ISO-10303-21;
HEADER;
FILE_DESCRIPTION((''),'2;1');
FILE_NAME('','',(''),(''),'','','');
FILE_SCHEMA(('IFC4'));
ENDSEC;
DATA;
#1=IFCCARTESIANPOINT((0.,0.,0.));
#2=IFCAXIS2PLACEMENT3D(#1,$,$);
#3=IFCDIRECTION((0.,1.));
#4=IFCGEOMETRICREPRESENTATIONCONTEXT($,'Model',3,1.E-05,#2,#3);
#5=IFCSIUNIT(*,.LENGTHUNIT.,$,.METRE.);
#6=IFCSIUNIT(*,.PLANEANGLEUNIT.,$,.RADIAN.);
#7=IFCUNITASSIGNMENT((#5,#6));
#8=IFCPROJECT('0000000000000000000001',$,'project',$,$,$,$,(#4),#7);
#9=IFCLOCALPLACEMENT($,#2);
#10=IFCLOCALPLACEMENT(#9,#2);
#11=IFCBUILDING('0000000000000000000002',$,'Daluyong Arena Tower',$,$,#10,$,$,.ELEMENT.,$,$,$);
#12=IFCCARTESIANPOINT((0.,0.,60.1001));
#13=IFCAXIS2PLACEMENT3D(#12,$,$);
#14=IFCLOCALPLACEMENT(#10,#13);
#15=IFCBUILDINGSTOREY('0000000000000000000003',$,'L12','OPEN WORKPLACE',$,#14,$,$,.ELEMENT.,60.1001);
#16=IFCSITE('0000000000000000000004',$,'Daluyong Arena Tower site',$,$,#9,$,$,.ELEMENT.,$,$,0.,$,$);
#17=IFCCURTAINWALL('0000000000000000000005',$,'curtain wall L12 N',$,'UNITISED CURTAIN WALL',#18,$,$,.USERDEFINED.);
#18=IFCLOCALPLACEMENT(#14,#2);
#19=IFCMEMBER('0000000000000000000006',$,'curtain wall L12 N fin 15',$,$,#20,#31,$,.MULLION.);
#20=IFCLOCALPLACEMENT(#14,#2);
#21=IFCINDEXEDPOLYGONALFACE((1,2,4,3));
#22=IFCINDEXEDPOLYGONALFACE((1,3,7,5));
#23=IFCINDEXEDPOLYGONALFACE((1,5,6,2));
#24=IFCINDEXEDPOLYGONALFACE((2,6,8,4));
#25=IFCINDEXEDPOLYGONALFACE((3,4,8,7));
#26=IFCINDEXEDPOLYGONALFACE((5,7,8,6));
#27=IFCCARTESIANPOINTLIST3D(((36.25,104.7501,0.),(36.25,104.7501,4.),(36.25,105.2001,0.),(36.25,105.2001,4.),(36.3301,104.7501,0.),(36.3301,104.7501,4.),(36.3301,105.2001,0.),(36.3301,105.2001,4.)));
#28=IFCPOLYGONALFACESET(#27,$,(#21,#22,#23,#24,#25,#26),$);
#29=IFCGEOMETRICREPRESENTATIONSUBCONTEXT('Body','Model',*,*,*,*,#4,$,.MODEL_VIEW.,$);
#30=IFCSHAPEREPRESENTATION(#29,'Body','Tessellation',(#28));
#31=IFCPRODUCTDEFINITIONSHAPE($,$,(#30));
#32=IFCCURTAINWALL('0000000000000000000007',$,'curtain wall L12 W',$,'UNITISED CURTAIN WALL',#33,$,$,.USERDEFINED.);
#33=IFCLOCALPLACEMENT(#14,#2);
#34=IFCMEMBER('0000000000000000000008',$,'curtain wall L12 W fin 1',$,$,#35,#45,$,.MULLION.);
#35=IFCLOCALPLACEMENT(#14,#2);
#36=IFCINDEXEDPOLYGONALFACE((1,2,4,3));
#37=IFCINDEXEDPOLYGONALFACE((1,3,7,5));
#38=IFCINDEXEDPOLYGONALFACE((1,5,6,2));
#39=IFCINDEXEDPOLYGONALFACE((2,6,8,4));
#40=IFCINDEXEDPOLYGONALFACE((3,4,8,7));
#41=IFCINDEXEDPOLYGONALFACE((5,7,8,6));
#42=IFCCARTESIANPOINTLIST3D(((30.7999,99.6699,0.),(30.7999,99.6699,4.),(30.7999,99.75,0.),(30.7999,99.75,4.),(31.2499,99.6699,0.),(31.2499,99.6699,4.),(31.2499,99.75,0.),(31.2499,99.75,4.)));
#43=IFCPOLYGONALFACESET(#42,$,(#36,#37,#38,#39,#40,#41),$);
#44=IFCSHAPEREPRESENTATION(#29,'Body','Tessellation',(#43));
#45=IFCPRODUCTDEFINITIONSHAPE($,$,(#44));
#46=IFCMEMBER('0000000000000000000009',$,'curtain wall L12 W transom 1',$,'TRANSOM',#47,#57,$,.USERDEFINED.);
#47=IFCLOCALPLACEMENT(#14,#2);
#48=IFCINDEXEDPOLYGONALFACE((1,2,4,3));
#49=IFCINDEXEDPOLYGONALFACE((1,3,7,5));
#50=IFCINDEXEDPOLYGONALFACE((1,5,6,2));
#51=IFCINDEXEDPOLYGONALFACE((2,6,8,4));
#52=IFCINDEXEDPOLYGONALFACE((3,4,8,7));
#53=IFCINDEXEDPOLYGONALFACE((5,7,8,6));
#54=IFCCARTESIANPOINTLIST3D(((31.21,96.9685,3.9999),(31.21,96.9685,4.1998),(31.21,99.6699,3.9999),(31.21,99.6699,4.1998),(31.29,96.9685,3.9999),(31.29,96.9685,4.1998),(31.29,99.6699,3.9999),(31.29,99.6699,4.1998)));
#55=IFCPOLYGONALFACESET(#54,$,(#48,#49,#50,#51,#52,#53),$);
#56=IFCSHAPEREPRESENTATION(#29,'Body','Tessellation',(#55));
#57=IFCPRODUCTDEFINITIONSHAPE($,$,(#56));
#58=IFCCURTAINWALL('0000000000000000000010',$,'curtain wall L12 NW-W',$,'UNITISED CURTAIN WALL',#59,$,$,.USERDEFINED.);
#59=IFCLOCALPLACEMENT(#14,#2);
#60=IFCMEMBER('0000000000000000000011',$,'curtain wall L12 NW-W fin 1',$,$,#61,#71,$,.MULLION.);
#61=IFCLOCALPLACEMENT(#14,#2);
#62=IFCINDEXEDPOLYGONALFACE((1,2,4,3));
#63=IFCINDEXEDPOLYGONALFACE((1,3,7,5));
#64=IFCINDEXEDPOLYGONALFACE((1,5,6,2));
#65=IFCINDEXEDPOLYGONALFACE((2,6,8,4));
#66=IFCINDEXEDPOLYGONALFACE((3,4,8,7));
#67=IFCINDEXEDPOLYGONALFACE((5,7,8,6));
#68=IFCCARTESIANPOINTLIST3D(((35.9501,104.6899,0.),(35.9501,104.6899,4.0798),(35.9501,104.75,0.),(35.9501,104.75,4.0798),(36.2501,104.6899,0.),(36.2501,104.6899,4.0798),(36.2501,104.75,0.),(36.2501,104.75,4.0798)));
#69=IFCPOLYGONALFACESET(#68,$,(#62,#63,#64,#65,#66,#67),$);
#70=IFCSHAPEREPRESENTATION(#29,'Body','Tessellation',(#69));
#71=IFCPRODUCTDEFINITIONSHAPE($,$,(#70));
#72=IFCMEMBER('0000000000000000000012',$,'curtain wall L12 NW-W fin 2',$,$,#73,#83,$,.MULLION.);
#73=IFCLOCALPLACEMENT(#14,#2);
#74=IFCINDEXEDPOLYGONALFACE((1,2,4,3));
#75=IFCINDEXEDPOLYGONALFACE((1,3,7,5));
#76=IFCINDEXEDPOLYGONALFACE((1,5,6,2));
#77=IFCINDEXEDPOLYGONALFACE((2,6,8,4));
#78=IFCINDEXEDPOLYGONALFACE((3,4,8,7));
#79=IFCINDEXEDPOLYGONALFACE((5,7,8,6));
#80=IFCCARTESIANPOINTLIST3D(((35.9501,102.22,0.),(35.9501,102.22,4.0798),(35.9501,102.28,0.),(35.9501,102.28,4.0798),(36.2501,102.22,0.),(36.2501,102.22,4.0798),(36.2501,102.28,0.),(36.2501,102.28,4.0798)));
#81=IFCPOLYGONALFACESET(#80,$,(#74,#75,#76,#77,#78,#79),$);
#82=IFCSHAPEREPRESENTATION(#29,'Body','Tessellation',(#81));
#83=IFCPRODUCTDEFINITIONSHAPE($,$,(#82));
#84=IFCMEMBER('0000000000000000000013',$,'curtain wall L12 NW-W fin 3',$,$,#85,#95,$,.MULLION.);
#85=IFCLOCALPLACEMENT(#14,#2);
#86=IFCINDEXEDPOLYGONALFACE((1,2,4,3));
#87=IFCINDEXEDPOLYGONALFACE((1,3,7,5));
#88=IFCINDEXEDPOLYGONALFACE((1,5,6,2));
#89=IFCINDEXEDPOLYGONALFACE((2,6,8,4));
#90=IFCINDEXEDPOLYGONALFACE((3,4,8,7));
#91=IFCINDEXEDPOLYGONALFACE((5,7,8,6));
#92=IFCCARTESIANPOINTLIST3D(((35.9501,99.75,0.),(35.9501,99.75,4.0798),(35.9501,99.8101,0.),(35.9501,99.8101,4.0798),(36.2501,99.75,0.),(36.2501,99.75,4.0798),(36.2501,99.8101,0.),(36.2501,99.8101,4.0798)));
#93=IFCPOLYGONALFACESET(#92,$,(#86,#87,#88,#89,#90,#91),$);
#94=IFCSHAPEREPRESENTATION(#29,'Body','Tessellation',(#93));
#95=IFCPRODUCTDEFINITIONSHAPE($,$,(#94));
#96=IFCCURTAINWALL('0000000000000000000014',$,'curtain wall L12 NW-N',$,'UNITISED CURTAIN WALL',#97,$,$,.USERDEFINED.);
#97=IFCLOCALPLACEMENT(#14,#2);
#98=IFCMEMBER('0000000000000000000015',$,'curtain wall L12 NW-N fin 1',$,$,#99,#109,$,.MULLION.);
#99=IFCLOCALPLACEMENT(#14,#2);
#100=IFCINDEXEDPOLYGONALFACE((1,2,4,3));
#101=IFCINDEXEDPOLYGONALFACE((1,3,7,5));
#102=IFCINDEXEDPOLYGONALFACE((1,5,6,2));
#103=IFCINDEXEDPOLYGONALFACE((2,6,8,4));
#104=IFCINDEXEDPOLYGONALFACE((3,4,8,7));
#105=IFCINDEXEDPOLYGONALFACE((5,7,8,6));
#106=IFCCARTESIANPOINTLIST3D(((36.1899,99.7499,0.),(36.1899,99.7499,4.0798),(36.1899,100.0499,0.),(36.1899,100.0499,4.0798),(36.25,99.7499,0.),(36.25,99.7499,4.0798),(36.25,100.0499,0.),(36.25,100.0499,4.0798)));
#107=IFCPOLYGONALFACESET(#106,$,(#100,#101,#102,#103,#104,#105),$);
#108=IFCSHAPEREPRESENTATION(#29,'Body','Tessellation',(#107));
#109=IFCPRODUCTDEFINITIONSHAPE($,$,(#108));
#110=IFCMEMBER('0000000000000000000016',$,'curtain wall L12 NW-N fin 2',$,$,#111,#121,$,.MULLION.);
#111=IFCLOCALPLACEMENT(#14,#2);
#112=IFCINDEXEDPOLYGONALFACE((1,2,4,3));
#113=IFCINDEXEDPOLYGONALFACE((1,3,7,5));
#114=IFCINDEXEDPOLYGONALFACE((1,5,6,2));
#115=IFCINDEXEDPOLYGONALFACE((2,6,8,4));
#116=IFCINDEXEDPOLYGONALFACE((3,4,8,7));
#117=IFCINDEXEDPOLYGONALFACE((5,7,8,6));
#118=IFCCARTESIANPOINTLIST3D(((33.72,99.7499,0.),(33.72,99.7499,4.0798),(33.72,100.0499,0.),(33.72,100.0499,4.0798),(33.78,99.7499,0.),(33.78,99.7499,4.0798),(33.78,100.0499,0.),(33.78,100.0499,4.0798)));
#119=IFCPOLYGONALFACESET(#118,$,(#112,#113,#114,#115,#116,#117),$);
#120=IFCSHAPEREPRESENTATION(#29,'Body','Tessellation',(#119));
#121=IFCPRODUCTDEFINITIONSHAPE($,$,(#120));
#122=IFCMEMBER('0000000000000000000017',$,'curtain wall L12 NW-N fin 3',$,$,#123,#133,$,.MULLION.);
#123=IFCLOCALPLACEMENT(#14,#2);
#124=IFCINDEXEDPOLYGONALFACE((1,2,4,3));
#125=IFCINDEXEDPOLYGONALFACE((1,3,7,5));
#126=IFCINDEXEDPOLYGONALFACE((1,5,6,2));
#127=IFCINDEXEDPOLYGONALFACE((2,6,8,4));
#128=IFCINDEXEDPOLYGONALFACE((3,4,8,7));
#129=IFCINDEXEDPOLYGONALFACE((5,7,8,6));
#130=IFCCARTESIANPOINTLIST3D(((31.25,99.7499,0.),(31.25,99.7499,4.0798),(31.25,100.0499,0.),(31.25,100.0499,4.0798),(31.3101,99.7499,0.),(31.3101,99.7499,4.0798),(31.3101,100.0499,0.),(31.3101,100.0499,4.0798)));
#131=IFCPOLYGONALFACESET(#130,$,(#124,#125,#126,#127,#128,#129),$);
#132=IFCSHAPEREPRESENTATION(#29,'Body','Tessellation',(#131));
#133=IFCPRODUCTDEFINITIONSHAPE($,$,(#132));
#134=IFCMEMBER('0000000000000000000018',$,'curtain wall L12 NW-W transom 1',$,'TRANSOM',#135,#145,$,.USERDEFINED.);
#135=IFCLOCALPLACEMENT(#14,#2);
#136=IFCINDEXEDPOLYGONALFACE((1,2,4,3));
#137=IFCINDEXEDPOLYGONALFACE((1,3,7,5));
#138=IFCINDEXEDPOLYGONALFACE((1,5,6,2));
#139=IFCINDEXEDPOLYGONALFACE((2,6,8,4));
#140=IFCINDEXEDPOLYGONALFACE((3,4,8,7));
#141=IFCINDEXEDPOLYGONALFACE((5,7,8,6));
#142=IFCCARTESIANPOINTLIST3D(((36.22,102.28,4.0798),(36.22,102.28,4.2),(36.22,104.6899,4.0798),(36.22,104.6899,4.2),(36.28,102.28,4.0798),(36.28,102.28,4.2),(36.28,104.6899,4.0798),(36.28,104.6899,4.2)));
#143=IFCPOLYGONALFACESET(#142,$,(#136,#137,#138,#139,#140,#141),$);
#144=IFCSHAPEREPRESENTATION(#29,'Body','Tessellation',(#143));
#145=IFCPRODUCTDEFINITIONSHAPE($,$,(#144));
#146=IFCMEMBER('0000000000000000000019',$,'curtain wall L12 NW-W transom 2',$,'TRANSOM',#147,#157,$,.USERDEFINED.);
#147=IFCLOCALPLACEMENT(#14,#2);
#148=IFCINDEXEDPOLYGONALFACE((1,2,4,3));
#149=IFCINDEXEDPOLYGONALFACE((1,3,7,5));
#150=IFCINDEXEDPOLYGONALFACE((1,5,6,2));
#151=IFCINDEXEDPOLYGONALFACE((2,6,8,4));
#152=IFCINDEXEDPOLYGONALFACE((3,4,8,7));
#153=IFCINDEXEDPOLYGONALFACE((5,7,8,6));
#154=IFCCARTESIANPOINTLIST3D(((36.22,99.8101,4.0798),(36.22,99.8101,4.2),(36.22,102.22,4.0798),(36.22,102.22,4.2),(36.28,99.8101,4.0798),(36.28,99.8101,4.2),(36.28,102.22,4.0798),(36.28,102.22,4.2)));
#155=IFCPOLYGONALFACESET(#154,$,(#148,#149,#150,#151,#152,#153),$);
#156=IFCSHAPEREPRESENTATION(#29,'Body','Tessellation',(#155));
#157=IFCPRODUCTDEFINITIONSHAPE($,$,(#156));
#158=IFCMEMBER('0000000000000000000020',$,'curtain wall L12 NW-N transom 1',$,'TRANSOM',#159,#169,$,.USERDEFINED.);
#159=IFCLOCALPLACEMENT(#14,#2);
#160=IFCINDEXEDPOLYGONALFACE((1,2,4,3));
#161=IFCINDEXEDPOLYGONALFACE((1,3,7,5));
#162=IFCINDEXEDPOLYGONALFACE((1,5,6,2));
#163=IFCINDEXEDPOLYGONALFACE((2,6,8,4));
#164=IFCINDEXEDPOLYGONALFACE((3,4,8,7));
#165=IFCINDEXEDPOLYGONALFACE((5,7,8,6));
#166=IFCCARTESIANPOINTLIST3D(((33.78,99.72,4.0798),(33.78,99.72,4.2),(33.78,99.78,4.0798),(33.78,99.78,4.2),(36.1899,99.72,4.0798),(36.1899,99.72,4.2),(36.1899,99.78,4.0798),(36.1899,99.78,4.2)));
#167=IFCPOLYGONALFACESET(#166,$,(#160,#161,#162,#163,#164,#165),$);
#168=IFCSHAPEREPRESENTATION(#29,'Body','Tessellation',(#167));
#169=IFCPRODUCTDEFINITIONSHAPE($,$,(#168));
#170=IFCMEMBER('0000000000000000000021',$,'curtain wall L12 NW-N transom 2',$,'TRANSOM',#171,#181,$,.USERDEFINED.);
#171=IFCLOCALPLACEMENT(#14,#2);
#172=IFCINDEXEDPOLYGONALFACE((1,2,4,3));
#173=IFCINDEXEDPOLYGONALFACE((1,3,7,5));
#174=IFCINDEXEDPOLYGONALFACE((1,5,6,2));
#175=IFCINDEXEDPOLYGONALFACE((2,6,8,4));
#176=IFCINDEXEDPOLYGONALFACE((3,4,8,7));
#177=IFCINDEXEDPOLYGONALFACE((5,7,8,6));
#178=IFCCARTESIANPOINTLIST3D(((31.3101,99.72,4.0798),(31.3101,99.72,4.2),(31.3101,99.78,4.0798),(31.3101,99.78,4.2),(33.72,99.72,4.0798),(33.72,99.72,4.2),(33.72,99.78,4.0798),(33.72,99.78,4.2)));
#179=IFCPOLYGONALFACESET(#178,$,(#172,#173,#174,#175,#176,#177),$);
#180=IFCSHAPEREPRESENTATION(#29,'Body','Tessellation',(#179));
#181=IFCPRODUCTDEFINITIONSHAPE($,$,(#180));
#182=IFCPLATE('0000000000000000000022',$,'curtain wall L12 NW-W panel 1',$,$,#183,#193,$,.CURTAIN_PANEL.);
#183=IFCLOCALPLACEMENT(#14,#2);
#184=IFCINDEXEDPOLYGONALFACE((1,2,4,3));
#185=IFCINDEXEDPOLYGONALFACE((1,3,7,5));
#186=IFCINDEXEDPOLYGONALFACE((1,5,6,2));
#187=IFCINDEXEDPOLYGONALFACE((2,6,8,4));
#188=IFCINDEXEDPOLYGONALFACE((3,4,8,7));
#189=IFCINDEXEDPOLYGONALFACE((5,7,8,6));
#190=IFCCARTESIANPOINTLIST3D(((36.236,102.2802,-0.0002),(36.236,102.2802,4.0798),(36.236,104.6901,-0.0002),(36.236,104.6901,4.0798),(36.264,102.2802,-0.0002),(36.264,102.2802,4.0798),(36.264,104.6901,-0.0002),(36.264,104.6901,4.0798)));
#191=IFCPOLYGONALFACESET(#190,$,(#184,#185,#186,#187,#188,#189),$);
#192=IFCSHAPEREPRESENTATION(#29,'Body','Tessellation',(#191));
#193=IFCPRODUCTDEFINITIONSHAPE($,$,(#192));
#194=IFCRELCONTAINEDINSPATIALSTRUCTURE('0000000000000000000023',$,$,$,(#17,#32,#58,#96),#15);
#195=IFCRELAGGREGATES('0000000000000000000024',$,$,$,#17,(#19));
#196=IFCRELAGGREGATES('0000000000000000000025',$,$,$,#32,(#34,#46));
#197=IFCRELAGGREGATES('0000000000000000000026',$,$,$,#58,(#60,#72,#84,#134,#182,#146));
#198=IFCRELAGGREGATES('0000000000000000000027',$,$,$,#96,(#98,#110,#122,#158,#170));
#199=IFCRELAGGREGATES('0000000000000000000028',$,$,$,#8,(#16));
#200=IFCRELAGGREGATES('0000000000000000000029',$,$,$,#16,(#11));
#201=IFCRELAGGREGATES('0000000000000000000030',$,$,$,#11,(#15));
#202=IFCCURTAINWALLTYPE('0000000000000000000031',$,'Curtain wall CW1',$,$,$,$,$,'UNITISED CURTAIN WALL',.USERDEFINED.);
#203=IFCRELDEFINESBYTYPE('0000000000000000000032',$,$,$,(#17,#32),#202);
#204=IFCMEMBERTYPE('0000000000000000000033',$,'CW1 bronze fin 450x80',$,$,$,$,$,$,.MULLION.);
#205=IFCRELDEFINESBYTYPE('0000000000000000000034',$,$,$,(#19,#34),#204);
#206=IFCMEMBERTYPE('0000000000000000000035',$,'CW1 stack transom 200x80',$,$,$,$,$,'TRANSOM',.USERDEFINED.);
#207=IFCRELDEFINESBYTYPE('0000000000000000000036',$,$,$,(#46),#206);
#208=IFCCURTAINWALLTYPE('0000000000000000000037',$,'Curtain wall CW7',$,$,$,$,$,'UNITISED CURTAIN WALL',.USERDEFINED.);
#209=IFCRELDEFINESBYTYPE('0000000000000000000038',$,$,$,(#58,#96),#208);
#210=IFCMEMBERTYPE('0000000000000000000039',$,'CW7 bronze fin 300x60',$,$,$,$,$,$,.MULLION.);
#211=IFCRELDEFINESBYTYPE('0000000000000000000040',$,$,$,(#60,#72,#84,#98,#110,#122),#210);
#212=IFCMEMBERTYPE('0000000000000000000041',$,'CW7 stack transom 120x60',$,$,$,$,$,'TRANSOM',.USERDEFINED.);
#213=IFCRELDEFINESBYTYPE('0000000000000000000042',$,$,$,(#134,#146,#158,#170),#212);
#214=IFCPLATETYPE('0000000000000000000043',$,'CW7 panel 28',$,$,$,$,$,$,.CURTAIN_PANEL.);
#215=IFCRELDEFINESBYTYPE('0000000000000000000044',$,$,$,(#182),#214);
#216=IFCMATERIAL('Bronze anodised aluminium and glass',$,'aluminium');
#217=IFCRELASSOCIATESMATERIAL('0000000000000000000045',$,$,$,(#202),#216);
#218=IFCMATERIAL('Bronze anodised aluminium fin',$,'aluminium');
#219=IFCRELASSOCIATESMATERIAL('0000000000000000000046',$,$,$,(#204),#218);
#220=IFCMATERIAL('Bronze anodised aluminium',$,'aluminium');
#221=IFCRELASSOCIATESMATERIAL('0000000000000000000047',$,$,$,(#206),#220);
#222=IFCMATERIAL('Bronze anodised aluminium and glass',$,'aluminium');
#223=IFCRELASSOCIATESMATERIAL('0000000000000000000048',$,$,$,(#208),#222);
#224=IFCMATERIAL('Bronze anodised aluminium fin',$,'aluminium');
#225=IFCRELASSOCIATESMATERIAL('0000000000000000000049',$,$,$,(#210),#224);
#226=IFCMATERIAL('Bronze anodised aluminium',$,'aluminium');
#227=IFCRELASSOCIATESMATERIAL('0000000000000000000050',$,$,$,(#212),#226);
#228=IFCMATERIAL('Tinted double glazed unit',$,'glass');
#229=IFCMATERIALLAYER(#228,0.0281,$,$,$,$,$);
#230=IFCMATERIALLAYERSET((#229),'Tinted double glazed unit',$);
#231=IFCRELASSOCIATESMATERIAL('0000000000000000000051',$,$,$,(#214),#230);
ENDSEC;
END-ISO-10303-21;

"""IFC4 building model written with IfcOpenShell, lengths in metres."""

from ifc_helpers import new_model, si_unit, direction, frame, origin, origin_2d, place, context, subcontext, project, spatial, rectangle, extrude, material, layer, layer_set, material_profile, profile_set, type_object, element, aggregate, save


model = new_model("IFC4")

# Units and contexts
model_context = context("Model", 3, precision=1e-05, world=origin(), true_north=direction((0.0, 1.0)))
body_context = subcontext(model_context, "Body", "Model", "MODEL_VIEW")
ifc_project = project(units=[si_unit("LENGTHUNIT", "METRE"), si_unit("PLANEANGLEUNIT", "RADIAN")], contexts=[model_context])

# Site, building, storey
site_placement = place(None, origin())
site = spatial("IfcSite", under=ifc_project, at=site_placement, Name="Daluyong Arena Tower site", CompositionType="ELEMENT", RefElevation=0.0)
building_placement = place(site_placement, origin())
building = spatial("IfcBuilding", under=site, at=building_placement, Name="Daluyong Arena Tower", CompositionType="ELEMENT")
storey_placement = place(building_placement, frame((0.0, 0.0, 60.1001)))
storey = spatial("IfcBuildingStorey", under=building, at=storey_placement, Name="L12", Description="OPEN WORKPLACE", CompositionType="ELEMENT", Elevation=60.1001)

# Curtain wall, member
ifc_material_1 = material(Name="Bronze anodised aluminium and glass", Category="aluminium")
curtain_wall_type_1 = type_object("IfcCurtainWallType", Name="Curtain wall CW1", ElementType="UNITISED CURTAIN WALL", PredefinedType="USERDEFINED", material=ifc_material_1)
curtain_wall_1_placement = place(storey_placement, origin())
curtain_wall_1 = element("IfcCurtainWall", 1, at=curtain_wall_1_placement, inside=storey, type_object=curtain_wall_type_1, Name="curtain wall L12 N", ObjectType="UNITISED CURTAIN WALL", PredefinedType="USERDEFINED")
ifc_material_2 = material(Name="Bronze anodised aluminium fin", Category="aluminium")
ifc_material_profile_1 = material_profile(ifc_material_2, rectangle(XDim=0.45, YDim=0.0801, at=origin_2d()))
ifc_profile_set_1 = profile_set([ifc_material_profile_1], Name="Bronze anodised aluminium fin")
member_type_1 = type_object("IfcMemberType", Name="CW1 bronze fin 450x80", PredefinedType="MULLION", material=ifc_profile_set_1)
member_1_placement = place(storey_placement, frame((36.29, 104.9751, 0.0), z_axis=(0.0, 0.0, 1.0), x_axis=(0.0, -1.0, 0.0)))
member_1 = element("IfcMember", 2, at=member_1_placement, type_object=member_type_1, Name="curtain wall L12 N fin 15", PredefinedType="MULLION", context=body_context, shape_type="SweptSolid", body=[
    extrude(rectangle(XDim=0.45, YDim=0.0801, at=origin_2d()), origin(), (0.0, 0.0, 1.0), 4.0),
])
aggregate(curtain_wall_1, [member_1])

# Curtain walls, members
curtain_wall_2_placement = place(storey_placement, origin())
curtain_wall_2 = element("IfcCurtainWall", 3, at=curtain_wall_2_placement, inside=storey, type_object=curtain_wall_type_1, Name="curtain wall L12 W", ObjectType="UNITISED CURTAIN WALL", PredefinedType="USERDEFINED")
member_2_placement = place(storey_placement, frame((31.0249, 99.71, 0.0), z_axis=(0.0, 0.0, 1.0), x_axis=(1.0, 0.0, 0.0)))
member_2 = element("IfcMember", 4, at=member_2_placement, type_object=member_type_1, Name="curtain wall L12 W fin 1", PredefinedType="MULLION", context=body_context, shape_type="SweptSolid", body=[
    extrude(rectangle(XDim=0.45, YDim=0.0801, at=origin_2d()), origin(), (0.0, 0.0, 1.0), 4.0),
])
ifc_material_3 = material(Name="Bronze anodised aluminium", Category="aluminium")
ifc_material_profile_2 = material_profile(ifc_material_3, rectangle(XDim=0.0801, YDim=0.2, at=origin_2d()))
ifc_profile_set_2 = profile_set([ifc_material_profile_2], Name="Bronze anodised aluminium")
member_type_2 = type_object("IfcMemberType", Name="CW1 stack transom 200x80", ElementType="TRANSOM", PredefinedType="USERDEFINED", material=ifc_profile_set_2)
member_3_placement = place(storey_placement, frame((31.25, 99.6699, 4.0999), z_axis=(0.0, -1.0, 0.0), x_axis=(1.0, 0.0, 0.0)))
member_3 = element("IfcMember", 5, at=member_3_placement, type_object=member_type_2, Name="curtain wall L12 W transom 1", ObjectType="TRANSOM", PredefinedType="USERDEFINED", context=body_context, shape_type="SweptSolid", body=[
    extrude(rectangle(XDim=0.0801, YDim=0.2, at=origin_2d()), origin(), (0.0, 0.0, 1.0), 2.7014),
])
aggregate(curtain_wall_2, [member_2, member_3])
ifc_material_4 = material(Name="Bronze anodised aluminium and glass", Category="aluminium")
curtain_wall_type_2 = type_object("IfcCurtainWallType", Name="Curtain wall CW7", ElementType="UNITISED CURTAIN WALL", PredefinedType="USERDEFINED", material=ifc_material_4)
curtain_wall_3_placement = place(storey_placement, origin())
curtain_wall_3 = element("IfcCurtainWall", 6, at=curtain_wall_3_placement, inside=storey, type_object=curtain_wall_type_2, Name="curtain wall L12 NW-W", ObjectType="UNITISED CURTAIN WALL", PredefinedType="USERDEFINED")
ifc_material_5 = material(Name="Bronze anodised aluminium fin", Category="aluminium")
ifc_material_profile_3 = material_profile(ifc_material_5, rectangle(XDim=0.3, YDim=0.0601, at=origin_2d()))
ifc_profile_set_3 = profile_set([ifc_material_profile_3], Name="Bronze anodised aluminium fin")
member_type_3 = type_object("IfcMemberType", Name="CW7 bronze fin 300x60", PredefinedType="MULLION", material=ifc_profile_set_3)
member_4_placement = place(storey_placement, frame((36.1001, 104.72, 0.0), z_axis=(0.0, 0.0, 1.0), x_axis=(1.0, 0.0, 0.0)))
member_4 = element("IfcMember", 7, at=member_4_placement, type_object=member_type_3, Name="curtain wall L12 NW-W fin 1", PredefinedType="MULLION", context=body_context, shape_type="SweptSolid", body=[
    extrude(rectangle(XDim=0.3, YDim=0.0601, at=origin_2d()), origin(), (0.0, 0.0, 1.0), 4.0798),
])
member_5_placement = place(storey_placement, frame((36.1001, 102.25, 0.0), z_axis=(0.0, 0.0, 1.0), x_axis=(1.0, 0.0, 0.0)))
member_5 = element("IfcMember", 8, at=member_5_placement, type_object=member_type_3, Name="curtain wall L12 NW-W fin 2", PredefinedType="MULLION", context=body_context, shape_type="SweptSolid", body=[
    extrude(rectangle(XDim=0.3, YDim=0.0601, at=origin_2d()), origin(), (0.0, 0.0, 1.0), 4.0798),
])
member_6_placement = place(storey_placement, frame((36.1001, 99.78, 0.0), z_axis=(0.0, 0.0, 1.0), x_axis=(1.0, 0.0, 0.0)))
member_6 = element("IfcMember", 9, at=member_6_placement, type_object=member_type_3, Name="curtain wall L12 NW-W fin 3", PredefinedType="MULLION", context=body_context, shape_type="SweptSolid", body=[
    extrude(rectangle(XDim=0.3, YDim=0.0601, at=origin_2d()), origin(), (0.0, 0.0, 1.0), 4.0798),
])
curtain_wall_4_placement = place(storey_placement, origin())
curtain_wall_4 = element("IfcCurtainWall", 10, at=curtain_wall_4_placement, inside=storey, type_object=curtain_wall_type_2, Name="curtain wall L12 NW-N", ObjectType="UNITISED CURTAIN WALL", PredefinedType="USERDEFINED")
member_7_placement = place(storey_placement, frame((36.22, 99.8999, 0.0), z_axis=(0.0, 0.0, 1.0), x_axis=(0.0, -1.0, 0.0)))
member_7 = element("IfcMember", 11, at=member_7_placement, type_object=member_type_3, Name="curtain wall L12 NW-N fin 1", PredefinedType="MULLION", context=body_context, shape_type="SweptSolid", body=[
    extrude(rectangle(XDim=0.3, YDim=0.0601, at=origin_2d()), origin(), (0.0, 0.0, 1.0), 4.0798),
])
member_8_placement = place(storey_placement, frame((33.75, 99.8999, 0.0), z_axis=(0.0, 0.0, 1.0), x_axis=(0.0, -1.0, 0.0)))
member_8 = element("IfcMember", 12, at=member_8_placement, type_object=member_type_3, Name="curtain wall L12 NW-N fin 2", PredefinedType="MULLION", context=body_context, shape_type="SweptSolid", body=[
    extrude(rectangle(XDim=0.3, YDim=0.0601, at=origin_2d()), origin(), (0.0, 0.0, 1.0), 4.0798),
])
member_9_placement = place(storey_placement, frame((31.28, 99.8999, 0.0), z_axis=(0.0, 0.0, 1.0), x_axis=(0.0, -1.0, 0.0)))
member_9 = element("IfcMember", 13, at=member_9_placement, type_object=member_type_3, Name="curtain wall L12 NW-N fin 3", PredefinedType="MULLION", context=body_context, shape_type="SweptSolid", body=[
    extrude(rectangle(XDim=0.3, YDim=0.0601, at=origin_2d()), origin(), (0.0, 0.0, 1.0), 4.0798),
])

# Members
ifc_material_6 = material(Name="Bronze anodised aluminium", Category="aluminium")
ifc_material_profile_4 = material_profile(ifc_material_6, rectangle(XDim=0.0601, YDim=0.1201, at=origin_2d()))
ifc_profile_set_4 = profile_set([ifc_material_profile_4], Name="Bronze anodised aluminium")
member_type_4 = type_object("IfcMemberType", Name="CW7 stack transom 120x60", ElementType="TRANSOM", PredefinedType="USERDEFINED", material=ifc_profile_set_4)
member_10_placement = place(storey_placement, frame((36.25, 104.6899, 4.1399), z_axis=(0.0, -1.0, 0.0), x_axis=(1.0, 0.0, 0.0)))
member_10 = element("IfcMember", 14, at=member_10_placement, type_object=member_type_4, Name="curtain wall L12 NW-W transom 1", ObjectType="TRANSOM", PredefinedType="USERDEFINED", context=body_context, shape_type="SweptSolid", body=[
    extrude(rectangle(XDim=0.0601, YDim=0.1201, at=origin_2d()), origin(), (0.0, 0.0, 1.0), 2.4099),
])
member_11_placement = place(storey_placement, frame((36.25, 102.22, 4.1399), z_axis=(0.0, -1.0, 0.0), x_axis=(1.0, 0.0, 0.0)))
member_11 = element("IfcMember", 15, at=member_11_placement, type_object=member_type_4, Name="curtain wall L12 NW-W transom 2", ObjectType="TRANSOM", PredefinedType="USERDEFINED", context=body_context, shape_type="SweptSolid", body=[
    extrude(rectangle(XDim=0.0601, YDim=0.1201, at=origin_2d()), origin(), (0.0, 0.0, 1.0), 2.4099),
])
member_12_placement = place(storey_placement, frame((36.1899, 99.75, 4.1399), z_axis=(-1.0, 0.0, 0.0), x_axis=(0.0, -1.0, 0.0)))
member_12 = element("IfcMember", 16, at=member_12_placement, type_object=member_type_4, Name="curtain wall L12 NW-N transom 1", ObjectType="TRANSOM", PredefinedType="USERDEFINED", context=body_context, shape_type="SweptSolid", body=[
    extrude(rectangle(XDim=0.0601, YDim=0.1201, at=origin_2d()), origin(), (0.0, 0.0, 1.0), 2.4099),
])
member_13_placement = place(storey_placement, frame((33.72, 99.75, 4.1399), z_axis=(-1.0, 0.0, 0.0), x_axis=(0.0, -1.0, 0.0)))
member_13 = element("IfcMember", 17, at=member_13_placement, type_object=member_type_4, Name="curtain wall L12 NW-N transom 2", ObjectType="TRANSOM", PredefinedType="USERDEFINED", context=body_context, shape_type="SweptSolid", body=[
    extrude(rectangle(XDim=0.0601, YDim=0.1201, at=origin_2d()), origin(), (0.0, 0.0, 1.0), 2.4099),
])

# Plate
ifc_material_7 = material(Name="Tinted double glazed unit", Category="glass")
ifc_layer = layer(ifc_material_7, 0.0281)
ifc_layer_set = layer_set([ifc_layer], Name="Tinted double glazed unit")
plate_type = type_object("IfcPlateType", Name="CW7 panel 28", PredefinedType="CURTAIN_PANEL", material=ifc_layer_set)
plate_1_placement = place(storey_placement, frame((36.25, 103.4851, -0.0002), z_axis=(0.0, 0.0, 1.0), x_axis=(0.0, -1.0, 0.0)))
plate_1 = element("IfcPlate", 18, at=plate_1_placement, type_object=plate_type, Name="curtain wall L12 NW-W panel 1", PredefinedType="CURTAIN_PANEL", context=body_context, shape_type="SweptSolid", body=[
    extrude(rectangle(XDim=2.4099, YDim=0.0281, at=origin_2d()), origin(), (0.0, 0.0, 1.0), 4.0801),
])
aggregate(curtain_wall_3, [member_4, member_5, member_6, member_10, plate_1, member_11])
aggregate(curtain_wall_4, [member_7, member_8, member_9, member_12, member_13])

save(model, "model.ifc")
